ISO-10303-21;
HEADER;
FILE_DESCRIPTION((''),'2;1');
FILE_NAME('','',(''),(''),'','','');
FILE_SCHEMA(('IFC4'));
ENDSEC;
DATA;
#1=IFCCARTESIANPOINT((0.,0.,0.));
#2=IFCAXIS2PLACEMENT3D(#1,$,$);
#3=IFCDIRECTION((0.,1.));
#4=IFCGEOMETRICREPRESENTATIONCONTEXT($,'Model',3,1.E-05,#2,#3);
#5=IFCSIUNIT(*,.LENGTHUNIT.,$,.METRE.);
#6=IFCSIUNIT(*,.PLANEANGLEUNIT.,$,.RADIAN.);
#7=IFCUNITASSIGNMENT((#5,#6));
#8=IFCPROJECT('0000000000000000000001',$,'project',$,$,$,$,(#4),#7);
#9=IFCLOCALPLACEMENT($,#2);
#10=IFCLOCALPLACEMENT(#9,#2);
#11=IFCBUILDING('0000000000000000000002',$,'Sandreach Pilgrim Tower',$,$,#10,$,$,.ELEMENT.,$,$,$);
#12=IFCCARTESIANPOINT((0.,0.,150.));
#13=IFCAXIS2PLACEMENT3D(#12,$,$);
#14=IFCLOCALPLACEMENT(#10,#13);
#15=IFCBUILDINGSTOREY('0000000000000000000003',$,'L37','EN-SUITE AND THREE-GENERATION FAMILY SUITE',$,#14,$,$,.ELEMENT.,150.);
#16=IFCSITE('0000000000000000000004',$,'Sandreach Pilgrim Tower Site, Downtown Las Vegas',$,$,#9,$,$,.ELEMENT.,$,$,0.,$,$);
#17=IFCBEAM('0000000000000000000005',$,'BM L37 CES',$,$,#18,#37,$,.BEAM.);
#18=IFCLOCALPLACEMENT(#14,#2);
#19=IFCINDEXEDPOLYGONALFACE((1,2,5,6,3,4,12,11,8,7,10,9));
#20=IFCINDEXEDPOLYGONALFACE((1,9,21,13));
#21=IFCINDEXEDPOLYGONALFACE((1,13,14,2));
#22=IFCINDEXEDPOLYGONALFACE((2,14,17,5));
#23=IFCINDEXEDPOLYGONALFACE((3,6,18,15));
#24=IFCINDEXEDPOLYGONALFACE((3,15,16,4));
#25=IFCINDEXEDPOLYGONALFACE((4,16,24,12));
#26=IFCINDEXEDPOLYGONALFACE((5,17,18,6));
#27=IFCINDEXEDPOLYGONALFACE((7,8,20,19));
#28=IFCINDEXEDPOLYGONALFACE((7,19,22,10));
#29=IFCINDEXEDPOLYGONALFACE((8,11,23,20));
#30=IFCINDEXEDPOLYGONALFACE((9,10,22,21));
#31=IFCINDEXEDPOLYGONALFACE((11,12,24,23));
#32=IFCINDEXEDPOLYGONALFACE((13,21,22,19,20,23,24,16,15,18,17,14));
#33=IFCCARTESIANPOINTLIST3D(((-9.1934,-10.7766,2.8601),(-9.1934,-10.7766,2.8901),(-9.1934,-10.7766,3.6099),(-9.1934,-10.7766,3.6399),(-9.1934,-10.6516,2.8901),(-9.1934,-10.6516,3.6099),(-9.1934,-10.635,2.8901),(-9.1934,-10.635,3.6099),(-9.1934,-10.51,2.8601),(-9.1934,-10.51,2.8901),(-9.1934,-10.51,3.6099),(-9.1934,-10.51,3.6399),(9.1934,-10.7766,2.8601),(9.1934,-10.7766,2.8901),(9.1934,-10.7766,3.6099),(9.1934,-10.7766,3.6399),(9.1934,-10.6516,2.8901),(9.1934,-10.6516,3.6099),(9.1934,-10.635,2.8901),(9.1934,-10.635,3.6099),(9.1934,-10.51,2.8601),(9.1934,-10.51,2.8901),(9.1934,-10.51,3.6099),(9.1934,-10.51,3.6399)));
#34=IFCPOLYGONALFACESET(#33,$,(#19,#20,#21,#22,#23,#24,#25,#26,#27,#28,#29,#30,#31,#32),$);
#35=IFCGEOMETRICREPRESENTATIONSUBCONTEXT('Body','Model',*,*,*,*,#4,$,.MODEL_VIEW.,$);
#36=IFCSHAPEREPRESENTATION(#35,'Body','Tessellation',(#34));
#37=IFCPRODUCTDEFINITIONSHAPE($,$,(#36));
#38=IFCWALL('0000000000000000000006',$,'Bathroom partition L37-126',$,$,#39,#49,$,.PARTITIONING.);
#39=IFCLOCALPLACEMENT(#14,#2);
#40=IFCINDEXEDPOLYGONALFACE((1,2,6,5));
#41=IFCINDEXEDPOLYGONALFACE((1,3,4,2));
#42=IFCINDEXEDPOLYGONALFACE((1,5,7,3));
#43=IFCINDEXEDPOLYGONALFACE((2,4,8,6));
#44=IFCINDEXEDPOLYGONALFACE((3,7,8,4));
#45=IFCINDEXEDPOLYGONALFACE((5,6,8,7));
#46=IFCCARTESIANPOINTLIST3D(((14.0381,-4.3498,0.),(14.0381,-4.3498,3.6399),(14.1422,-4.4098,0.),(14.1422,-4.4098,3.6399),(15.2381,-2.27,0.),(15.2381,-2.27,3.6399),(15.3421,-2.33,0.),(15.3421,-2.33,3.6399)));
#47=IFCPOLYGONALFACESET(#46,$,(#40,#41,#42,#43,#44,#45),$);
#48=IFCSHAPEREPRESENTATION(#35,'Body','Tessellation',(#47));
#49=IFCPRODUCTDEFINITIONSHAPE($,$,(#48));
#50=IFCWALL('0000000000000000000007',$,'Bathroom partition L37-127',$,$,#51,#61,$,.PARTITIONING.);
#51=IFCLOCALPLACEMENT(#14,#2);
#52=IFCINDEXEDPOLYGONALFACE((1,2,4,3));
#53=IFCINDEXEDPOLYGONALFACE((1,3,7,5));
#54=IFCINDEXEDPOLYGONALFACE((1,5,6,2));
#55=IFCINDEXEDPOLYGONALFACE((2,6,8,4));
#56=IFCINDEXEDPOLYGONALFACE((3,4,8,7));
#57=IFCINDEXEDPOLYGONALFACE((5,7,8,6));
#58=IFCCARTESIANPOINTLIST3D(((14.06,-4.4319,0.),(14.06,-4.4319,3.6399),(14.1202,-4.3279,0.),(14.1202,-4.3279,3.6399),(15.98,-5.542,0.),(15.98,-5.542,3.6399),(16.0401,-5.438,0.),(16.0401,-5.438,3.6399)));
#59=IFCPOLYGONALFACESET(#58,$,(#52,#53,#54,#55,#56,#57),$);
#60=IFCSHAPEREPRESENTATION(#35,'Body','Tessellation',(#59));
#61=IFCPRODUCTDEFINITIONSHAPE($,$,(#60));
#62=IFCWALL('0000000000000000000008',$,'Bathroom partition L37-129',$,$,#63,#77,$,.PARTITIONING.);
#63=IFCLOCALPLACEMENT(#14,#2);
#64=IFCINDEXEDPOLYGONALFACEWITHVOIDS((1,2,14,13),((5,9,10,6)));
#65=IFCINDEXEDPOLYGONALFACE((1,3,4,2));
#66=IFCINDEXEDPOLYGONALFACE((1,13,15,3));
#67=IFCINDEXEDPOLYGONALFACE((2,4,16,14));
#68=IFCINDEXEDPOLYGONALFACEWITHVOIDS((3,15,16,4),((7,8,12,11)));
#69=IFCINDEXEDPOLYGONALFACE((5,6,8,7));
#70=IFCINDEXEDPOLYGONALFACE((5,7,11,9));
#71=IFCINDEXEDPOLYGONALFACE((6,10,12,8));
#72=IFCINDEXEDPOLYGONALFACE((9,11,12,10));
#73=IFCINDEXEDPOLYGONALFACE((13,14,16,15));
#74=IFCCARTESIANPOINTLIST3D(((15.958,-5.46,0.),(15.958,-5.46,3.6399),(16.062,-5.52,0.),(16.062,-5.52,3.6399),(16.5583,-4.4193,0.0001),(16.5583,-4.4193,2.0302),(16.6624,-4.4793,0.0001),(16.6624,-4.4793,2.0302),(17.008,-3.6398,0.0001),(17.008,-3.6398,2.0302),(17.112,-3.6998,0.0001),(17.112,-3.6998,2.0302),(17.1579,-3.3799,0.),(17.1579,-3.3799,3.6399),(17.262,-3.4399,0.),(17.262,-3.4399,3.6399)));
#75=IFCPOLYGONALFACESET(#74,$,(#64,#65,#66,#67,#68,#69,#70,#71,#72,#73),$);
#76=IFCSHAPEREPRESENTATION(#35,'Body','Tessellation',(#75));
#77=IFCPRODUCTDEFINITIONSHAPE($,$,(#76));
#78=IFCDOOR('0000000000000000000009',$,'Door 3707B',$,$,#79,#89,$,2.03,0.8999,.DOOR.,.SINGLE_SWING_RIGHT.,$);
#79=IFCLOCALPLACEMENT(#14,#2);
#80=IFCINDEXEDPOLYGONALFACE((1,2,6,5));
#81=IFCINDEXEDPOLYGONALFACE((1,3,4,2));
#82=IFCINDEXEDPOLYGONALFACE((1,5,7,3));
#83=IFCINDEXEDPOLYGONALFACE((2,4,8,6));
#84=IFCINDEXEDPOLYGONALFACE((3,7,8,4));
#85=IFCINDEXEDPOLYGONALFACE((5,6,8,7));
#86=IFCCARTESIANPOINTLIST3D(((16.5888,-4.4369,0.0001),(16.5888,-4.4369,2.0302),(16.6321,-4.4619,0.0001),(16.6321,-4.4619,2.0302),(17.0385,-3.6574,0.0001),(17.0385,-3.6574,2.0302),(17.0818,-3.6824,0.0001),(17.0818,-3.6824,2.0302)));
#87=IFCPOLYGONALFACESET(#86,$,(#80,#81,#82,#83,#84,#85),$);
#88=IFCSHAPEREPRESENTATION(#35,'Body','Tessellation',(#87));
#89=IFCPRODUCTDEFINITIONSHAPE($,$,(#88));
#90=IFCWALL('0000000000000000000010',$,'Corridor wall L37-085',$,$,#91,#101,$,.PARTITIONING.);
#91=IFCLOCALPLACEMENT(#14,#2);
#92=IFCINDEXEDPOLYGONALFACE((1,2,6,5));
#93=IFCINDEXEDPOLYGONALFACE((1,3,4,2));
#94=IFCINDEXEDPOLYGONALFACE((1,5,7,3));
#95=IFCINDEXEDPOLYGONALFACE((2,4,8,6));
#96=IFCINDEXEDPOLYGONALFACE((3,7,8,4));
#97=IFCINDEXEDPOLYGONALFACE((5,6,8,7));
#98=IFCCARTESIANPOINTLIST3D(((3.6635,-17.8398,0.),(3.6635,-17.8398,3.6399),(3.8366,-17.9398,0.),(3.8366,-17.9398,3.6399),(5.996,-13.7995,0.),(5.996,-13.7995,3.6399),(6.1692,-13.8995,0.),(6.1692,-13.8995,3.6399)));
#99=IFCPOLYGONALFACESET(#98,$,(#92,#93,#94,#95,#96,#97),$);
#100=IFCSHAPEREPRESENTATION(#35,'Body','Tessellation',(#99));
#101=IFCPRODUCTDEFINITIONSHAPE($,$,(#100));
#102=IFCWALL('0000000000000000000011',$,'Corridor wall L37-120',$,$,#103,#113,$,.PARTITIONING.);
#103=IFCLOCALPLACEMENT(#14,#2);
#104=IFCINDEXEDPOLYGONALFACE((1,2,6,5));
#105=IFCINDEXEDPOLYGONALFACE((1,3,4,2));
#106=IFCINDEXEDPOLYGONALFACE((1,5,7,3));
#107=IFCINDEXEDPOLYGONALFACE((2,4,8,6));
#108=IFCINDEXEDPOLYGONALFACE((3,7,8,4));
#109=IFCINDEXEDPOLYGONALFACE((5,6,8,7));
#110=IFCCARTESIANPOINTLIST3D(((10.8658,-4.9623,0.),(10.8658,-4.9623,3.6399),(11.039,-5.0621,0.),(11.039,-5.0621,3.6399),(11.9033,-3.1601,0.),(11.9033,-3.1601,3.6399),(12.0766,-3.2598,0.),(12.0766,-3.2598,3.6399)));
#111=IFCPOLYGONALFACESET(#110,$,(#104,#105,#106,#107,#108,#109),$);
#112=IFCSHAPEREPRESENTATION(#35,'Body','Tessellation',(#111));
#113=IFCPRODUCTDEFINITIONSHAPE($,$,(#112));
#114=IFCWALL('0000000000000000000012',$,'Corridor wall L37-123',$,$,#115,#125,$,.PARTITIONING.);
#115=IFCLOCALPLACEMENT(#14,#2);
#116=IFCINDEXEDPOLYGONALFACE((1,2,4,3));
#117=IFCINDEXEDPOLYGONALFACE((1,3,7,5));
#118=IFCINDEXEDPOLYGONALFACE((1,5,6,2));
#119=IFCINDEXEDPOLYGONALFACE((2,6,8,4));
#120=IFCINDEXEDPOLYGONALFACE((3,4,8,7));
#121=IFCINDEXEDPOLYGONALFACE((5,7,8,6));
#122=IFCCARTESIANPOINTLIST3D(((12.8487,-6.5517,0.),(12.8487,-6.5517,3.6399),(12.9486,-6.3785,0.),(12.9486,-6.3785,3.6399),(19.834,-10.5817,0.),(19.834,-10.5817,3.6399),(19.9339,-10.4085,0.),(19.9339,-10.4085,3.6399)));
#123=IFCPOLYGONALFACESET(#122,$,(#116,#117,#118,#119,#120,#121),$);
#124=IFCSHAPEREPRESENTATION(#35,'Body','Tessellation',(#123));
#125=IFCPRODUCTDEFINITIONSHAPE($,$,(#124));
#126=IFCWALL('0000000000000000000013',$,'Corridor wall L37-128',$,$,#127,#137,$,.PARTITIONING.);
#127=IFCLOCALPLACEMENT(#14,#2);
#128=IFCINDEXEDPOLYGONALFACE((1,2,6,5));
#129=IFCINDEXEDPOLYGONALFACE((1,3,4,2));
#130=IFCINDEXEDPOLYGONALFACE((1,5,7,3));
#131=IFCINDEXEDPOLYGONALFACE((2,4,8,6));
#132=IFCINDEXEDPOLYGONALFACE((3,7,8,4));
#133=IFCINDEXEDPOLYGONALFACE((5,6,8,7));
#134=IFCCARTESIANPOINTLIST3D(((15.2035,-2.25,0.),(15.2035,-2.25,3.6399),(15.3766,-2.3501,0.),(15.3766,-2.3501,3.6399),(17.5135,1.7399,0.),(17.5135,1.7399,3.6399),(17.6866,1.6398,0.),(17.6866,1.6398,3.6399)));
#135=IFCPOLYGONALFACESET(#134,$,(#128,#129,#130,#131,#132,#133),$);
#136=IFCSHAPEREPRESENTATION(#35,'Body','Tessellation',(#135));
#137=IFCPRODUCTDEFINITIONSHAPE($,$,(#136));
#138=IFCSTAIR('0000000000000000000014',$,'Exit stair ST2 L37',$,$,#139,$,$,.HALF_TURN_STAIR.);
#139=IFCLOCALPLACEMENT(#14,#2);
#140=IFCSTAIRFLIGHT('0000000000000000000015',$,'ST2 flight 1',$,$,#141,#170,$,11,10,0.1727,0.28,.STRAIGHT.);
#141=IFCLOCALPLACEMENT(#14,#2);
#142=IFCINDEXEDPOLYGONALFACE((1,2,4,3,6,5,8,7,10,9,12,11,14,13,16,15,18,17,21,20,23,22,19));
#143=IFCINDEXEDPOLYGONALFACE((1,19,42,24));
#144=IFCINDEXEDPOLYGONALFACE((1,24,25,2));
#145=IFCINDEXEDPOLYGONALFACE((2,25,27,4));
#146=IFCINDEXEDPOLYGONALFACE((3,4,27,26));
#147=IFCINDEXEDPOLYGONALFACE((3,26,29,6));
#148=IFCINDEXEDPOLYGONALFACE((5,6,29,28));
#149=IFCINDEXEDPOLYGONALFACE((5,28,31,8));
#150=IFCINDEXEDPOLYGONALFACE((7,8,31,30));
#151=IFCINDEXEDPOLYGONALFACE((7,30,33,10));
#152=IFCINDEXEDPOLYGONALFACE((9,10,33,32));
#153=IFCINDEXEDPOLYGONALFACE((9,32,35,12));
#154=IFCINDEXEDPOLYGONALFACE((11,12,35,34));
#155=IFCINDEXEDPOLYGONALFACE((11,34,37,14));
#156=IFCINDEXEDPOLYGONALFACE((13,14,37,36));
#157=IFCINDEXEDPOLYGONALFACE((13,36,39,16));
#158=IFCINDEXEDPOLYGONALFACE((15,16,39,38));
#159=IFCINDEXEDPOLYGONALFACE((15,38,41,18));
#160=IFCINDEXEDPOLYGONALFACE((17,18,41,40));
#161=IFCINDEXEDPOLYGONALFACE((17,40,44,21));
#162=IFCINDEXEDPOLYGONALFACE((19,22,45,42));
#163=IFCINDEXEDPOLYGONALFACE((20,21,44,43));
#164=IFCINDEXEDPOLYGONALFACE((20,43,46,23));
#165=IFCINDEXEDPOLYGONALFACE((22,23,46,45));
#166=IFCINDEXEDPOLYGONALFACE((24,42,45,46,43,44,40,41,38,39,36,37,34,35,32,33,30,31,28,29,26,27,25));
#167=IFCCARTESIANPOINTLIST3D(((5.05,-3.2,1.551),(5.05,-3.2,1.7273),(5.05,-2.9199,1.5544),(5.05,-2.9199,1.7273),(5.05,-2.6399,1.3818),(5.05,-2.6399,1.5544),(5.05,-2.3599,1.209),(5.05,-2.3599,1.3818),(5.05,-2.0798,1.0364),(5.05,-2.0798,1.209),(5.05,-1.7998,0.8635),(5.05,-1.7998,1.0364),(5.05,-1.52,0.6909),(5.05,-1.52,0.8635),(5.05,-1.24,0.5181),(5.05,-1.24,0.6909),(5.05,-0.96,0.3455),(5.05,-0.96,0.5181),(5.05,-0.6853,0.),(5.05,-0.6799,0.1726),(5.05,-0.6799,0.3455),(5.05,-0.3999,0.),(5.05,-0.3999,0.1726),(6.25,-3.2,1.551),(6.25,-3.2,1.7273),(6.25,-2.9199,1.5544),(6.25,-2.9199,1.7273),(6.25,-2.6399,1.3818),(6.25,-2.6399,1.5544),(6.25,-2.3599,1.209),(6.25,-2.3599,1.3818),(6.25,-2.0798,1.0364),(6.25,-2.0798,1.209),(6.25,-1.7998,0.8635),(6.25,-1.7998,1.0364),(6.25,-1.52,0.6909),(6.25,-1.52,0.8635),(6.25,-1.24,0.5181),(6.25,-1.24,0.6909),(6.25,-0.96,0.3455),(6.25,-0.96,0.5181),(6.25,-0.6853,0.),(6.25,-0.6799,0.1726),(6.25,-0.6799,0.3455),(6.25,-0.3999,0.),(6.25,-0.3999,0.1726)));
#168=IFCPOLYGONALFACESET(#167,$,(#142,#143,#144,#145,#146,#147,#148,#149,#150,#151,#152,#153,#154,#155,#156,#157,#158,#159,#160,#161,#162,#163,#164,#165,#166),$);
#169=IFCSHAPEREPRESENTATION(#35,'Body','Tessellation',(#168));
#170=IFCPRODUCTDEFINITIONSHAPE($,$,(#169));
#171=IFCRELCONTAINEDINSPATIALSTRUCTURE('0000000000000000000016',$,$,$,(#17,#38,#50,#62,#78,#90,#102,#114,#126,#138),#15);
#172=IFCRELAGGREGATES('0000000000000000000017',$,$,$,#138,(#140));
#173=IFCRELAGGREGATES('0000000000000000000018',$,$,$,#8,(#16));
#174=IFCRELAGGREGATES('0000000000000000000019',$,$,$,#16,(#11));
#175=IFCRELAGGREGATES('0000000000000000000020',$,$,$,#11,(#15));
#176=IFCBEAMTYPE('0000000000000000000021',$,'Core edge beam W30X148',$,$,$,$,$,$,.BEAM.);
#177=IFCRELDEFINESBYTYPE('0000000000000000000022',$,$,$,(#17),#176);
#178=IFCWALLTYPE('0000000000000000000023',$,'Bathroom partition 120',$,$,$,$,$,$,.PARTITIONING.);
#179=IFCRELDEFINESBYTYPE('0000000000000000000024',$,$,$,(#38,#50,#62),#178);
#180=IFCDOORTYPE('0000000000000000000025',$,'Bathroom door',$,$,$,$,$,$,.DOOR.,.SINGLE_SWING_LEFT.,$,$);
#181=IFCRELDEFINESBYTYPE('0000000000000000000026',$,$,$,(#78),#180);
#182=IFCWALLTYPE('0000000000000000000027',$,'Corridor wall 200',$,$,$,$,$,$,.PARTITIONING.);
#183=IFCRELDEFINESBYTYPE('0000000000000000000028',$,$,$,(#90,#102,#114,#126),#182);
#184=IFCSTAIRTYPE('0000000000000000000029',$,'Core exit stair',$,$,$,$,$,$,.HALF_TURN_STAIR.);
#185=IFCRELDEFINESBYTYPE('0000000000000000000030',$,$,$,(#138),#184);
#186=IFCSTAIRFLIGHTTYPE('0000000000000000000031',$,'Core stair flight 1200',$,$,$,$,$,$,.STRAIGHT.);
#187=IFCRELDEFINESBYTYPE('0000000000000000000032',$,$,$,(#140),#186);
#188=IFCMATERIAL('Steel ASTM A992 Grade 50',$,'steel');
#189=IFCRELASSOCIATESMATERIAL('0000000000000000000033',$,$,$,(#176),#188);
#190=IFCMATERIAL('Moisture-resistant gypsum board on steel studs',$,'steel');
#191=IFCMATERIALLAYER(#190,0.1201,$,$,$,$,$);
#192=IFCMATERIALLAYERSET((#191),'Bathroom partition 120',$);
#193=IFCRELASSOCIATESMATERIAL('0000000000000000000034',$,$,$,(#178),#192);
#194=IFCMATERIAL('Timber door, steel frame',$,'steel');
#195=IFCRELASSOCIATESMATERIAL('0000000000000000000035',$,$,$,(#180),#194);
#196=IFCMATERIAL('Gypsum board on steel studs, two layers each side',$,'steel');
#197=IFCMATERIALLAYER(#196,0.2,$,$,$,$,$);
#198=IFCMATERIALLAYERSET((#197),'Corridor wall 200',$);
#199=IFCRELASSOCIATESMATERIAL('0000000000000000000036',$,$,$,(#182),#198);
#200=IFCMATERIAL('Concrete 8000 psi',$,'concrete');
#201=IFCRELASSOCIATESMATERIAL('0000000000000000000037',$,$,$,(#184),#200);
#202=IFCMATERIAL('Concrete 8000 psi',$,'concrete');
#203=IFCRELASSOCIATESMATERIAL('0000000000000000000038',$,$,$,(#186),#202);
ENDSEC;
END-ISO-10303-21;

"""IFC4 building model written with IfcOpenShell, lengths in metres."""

from ifc_helpers import new_model, si_unit, direction, frame, frame_2d, origin, origin_2d, place, context, subcontext, project, spatial, polyline, rectangle, i_section, outline, extrude, material, layer, layer_set, material_profile, profile_set, type_object, element, fill, aggregate, save


model = new_model("IFC4")

# Units and contexts
model_context = context("Model", 3, precision=1e-05, world=origin(), true_north=direction((0.0, 1.0)))
body_context = subcontext(model_context, "Body", "Model", "MODEL_VIEW")
ifc_project = project(units=[si_unit("LENGTHUNIT", "METRE"), si_unit("PLANEANGLEUNIT", "RADIAN")], contexts=[model_context])

# Site, building, storey
site_placement = place(None, origin())
site = spatial("IfcSite", under=ifc_project, at=site_placement, Name="Sandreach Pilgrim Tower Site, Downtown Las Vegas", CompositionType="ELEMENT", RefElevation=0.0)
building_placement = place(site_placement, origin())
building = spatial("IfcBuilding", under=site, at=building_placement, Name="Sandreach Pilgrim Tower", CompositionType="ELEMENT")
storey_placement = place(building_placement, frame((0.0, 0.0, 150.0)))
storey = spatial("IfcBuildingStorey", under=building, at=storey_placement, Name="L37", Description="EN-SUITE AND THREE-GENERATION FAMILY SUITE", CompositionType="ELEMENT", Elevation=150.0)

# Beam
ifc_material_1 = material(Name="Steel ASTM A992 Grade 50", Category="steel")
ifc_material_profile = material_profile(ifc_material_1, i_section(OverallWidth=0.2666, OverallDepth=0.7798, WebThickness=0.0166, FlangeThickness=0.03, at=origin_2d()), Name="W30X148")
ifc_profile_set = profile_set([ifc_material_profile], Name="Steel ASTM A992 Grade 50")
beam_type = type_object("IfcBeamType", Name="Core edge beam W30X148", PredefinedType="BEAM", material=ifc_profile_set)
beam_placement = place(storey_placement, frame((9.1934, -10.6433, 3.25), z_axis=(-1.0, 0.0, 0.0), x_axis=(0.0, -1.0, 0.0)))
element("IfcBeam", 1, at=beam_placement, inside=storey, type_object=beam_type, Name="BM L37 CES", PredefinedType="BEAM", context=body_context, shape_type="SweptSolid", body=[
    extrude(i_section(OverallWidth=0.2666, OverallDepth=0.7798, WebThickness=0.0166, FlangeThickness=0.03, at=origin_2d()), origin(), (0.0, 0.0, 1.0), 18.3867),
])

# Walls
ifc_material_2 = material(Name="Moisture-resistant gypsum board on steel studs", Category="steel")
ifc_layer_1 = layer(ifc_material_2, 0.1201)
ifc_layer_set_1 = layer_set([ifc_layer_1], Name="Bathroom partition 120")
wall_type_1 = type_object("IfcWallType", Name="Bathroom partition 120", PredefinedType="PARTITIONING", material=ifc_layer_set_1)
wall_1_placement = place(storey_placement, frame((14.0901, -4.3799, 0.0), z_axis=(0.0, 0.0, 1.0), x_axis=(0.499737, 0.866177, 0.0)))
element("IfcWall", 2, at=wall_1_placement, inside=storey, type_object=wall_type_1, Name="Bathroom partition L37-126", PredefinedType="PARTITIONING", context=body_context, shape_type="SweptSolid", body=[
    extrude(rectangle(XDim=2.4011, YDim=0.1201, at=frame_2d((1.2007, 0.0))), origin(), (0.0, 0.0, 1.0), 3.6399),
])
wall_2_placement = place(storey_placement, frame((14.0901, -4.3799, 0.0), z_axis=(0.0, 0.0, 1.0), x_axis=(0.865705, -0.500555, 0.0)))
element("IfcWall", 3, at=wall_2_placement, inside=storey, type_object=wall_type_1, Name="Bathroom partition L37-127", PredefinedType="PARTITIONING", context=body_context, shape_type="SweptSolid", body=[
    extrude(rectangle(XDim=2.2178, YDim=0.1201, at=frame_2d((1.1089, 0.0))), origin(), (0.0, 0.0, 1.0), 3.6399),
])

# Wall, opening, door
wall_3_placement = place(storey_placement, frame((16.01, -5.49, 0.0), z_axis=(0.0, 0.0, 1.0), x_axis=(0.499693, 0.866203, 0.0)))
wall_3 = element("IfcWall", 4, at=wall_3_placement, inside=storey, type_object=wall_type_1, Name="Bathroom partition L37-129", PredefinedType="PARTITIONING", context=body_context, shape_type="SweptSolid", body=[
    extrude(rectangle(XDim=2.4014, YDim=0.1201, at=frame_2d((1.2007, 0.0))), origin(), (0.0, 0.0, 1.0), 3.6399),
])
opening_1_placement = place(wall_3_placement, frame((1.2014, 0.0, 0.0)))
opening_1 = element("IfcOpeningElement", 5, at=opening_1_placement, cuts=wall_3, PredefinedType="OPENING", context=body_context, shape_type="SweptSolid", body=[
    extrude(rectangle(XDim=0.8999, YDim=2.03, at=frame_2d((0.45, 1.0151))), frame((0.0, 0.0601, 0.0), z_axis=(0.0, -1.0, 0.0), x_axis=(1.0, 0.0, 0.0)), (0.0, 0.0, 1.0), 0.1201),
])
ifc_material_3 = material(Name="Timber door, steel frame", Category="steel")
door_type_1 = type_object("IfcDoorType", Name="Bathroom door", OperationType="SINGLE_SWING_LEFT", PredefinedType="DOOR", material=ifc_material_3)
door_1_placement = place(opening_1_placement, origin())
door_1 = element("IfcDoor", 6, at=door_1_placement, inside=storey, type_object=door_type_1, Name="Door 3707B", OperationType="SINGLE_SWING_RIGHT", OverallHeight=2.03, OverallWidth=0.8999, PredefinedType="DOOR", context=body_context, shape_type="SweptSolid", body=[
    extrude(rectangle(XDim=0.8999, YDim=2.03, at=frame_2d((0.45, 1.0151))), frame((0.0, 0.0249, 0.0), z_axis=(0.0, -1.0, 0.0), x_axis=(1.0, 0.0, 0.0)), (0.0, 0.0, 1.0), 0.05),
])
fill(opening_1, door_1)

# Wall
ifc_material_4 = material(Name="Gypsum board on steel studs, two layers each side", Category="steel")
ifc_layer_2 = layer(ifc_material_4, 0.2)
ifc_layer_set_2 = layer_set([ifc_layer_2], Name="Corridor wall 200")
wall_type_2 = type_object("IfcWallType", Name="Corridor wall 200", PredefinedType="PARTITIONING", material=ifc_layer_set_2)
wall_4_placement = place(storey_placement, frame((6.0825, -13.8496, 0.0), z_axis=(0.0, 0.0, 1.0), x_axis=(-0.499978, -0.866038, 0.0)))
element("IfcWall", 7, at=wall_4_placement, inside=storey, type_object=wall_type_2, Name="Corridor wall L37-085", PredefinedType="PARTITIONING", context=body_context, shape_type="SweptSolid", body=[
    extrude(rectangle(XDim=4.6653, YDim=0.2, at=frame_2d((2.3325, 0.0))), origin(), (0.0, 0.0, 1.0), 3.6399),
])

# Walls
wall_5_placement = place(storey_placement, frame((11.99, -3.21, 0.0), z_axis=(0.0, 0.0, 1.0), x_axis=(-0.498943, -0.866635, 0.0)))
element("IfcWall", 8, at=wall_5_placement, inside=storey, type_object=wall_type_2, Name="Corridor wall L37-120", PredefinedType="PARTITIONING", context=body_context, shape_type="SweptSolid", body=[
    extrude(rectangle(XDim=2.0796, YDim=0.2, at=frame_2d((1.0398, 0.0))), origin(), (0.0, 0.0, 1.0), 3.6399),
])
wall_6_placement = place(storey_placement, frame((12.8987, -6.4651, 0.0), z_axis=(0.0, 0.0, 1.0), x_axis=(0.866185, -0.499724, 0.0)))
element("IfcWall", 9, at=wall_6_placement, inside=storey, type_object=wall_type_2, Name="Corridor wall L37-123", PredefinedType="PARTITIONING", context=body_context, shape_type="SweptSolid", body=[
    extrude(rectangle(XDim=8.0645, YDim=0.2, at=frame_2d((4.0322, 0.0))), origin(), (0.0, 0.0, 1.0), 3.6399),
])
wall_7_placement = place(storey_placement, frame((15.29, -2.3, 0.0), z_axis=(0.0, 0.0, 1.0), x_axis=(0.501047, 0.86542, 0.0)))
element("IfcWall", 10, at=wall_7_placement, inside=storey, type_object=wall_type_2, Name="Corridor wall L37-128", PredefinedType="PARTITIONING", context=body_context, shape_type="SweptSolid", body=[
    extrude(rectangle(XDim=4.6104, YDim=0.2, at=frame_2d((2.3052, 0.0))), origin(), (0.0, 0.0, 1.0), 3.6399),
])

# Stair, stair flight
ifc_material_5 = material(Name="Concrete 8000 psi", Category="concrete")
stair_type = type_object("IfcStairType", Name="Core exit stair", PredefinedType="HALF_TURN_STAIR", material=ifc_material_5)
stair_placement = place(storey_placement, origin())
stair = element("IfcStair", 11, at=stair_placement, inside=storey, type_object=stair_type, Name="Exit stair ST2 L37", PredefinedType="HALF_TURN_STAIR")
ifc_material_6 = material(Name="Concrete 8000 psi", Category="concrete")
stair_flight_type = type_object("IfcStairFlightType", Name="Core stair flight 1200", PredefinedType="STRAIGHT", material=ifc_material_6)
stair_flight_1_placement = place(storey_placement, frame((5.6499, -0.3999, 0.0), z_axis=(0.0, 0.0, 1.0), x_axis=(0.0, -1.0, 0.0)))
stair_flight_1 = element("IfcStairFlight", 12, at=stair_flight_1_placement, type_object=stair_flight_type, Name="ST2 flight 1", NumberOfRisers=11, NumberOfTreads=10, PredefinedType="STRAIGHT", RiserHeight=0.1727, TreadLength=0.28, context=body_context, shape_type="SweptSolid", body=[
    extrude(outline(polyline([(0.0, 0.0), (0.0, 0.1726), (0.28, 0.1726), (0.28, 0.3455), (0.5601, 0.3455), (0.5601, 0.5181), (0.8401, 0.5181), (0.8401, 0.6909), (1.1201, 0.6909), (1.1201, 0.8635), (1.3999, 0.8635), (1.3999, 1.0364), (1.6799, 1.0364), (1.6799, 1.209), (1.96, 1.209), (1.96, 1.3818), (2.24, 1.3818), (2.24, 1.5544), (2.52, 1.5544), (2.52, 1.7273), (2.8, 1.7273), (2.8, 1.8999), (2.8, 1.551), (0.2854, 0.0), (0.0, 0.0)])), frame((0.0, 0.6001, 0.0), z_axis=(0.0, -1.0, 0.0), x_axis=(1.0, 0.0, 0.0)), (0.0, 0.0, 1.0), 1.2),
])
aggregate(stair, [stair_flight_1])

save(model, "model.ifc")
